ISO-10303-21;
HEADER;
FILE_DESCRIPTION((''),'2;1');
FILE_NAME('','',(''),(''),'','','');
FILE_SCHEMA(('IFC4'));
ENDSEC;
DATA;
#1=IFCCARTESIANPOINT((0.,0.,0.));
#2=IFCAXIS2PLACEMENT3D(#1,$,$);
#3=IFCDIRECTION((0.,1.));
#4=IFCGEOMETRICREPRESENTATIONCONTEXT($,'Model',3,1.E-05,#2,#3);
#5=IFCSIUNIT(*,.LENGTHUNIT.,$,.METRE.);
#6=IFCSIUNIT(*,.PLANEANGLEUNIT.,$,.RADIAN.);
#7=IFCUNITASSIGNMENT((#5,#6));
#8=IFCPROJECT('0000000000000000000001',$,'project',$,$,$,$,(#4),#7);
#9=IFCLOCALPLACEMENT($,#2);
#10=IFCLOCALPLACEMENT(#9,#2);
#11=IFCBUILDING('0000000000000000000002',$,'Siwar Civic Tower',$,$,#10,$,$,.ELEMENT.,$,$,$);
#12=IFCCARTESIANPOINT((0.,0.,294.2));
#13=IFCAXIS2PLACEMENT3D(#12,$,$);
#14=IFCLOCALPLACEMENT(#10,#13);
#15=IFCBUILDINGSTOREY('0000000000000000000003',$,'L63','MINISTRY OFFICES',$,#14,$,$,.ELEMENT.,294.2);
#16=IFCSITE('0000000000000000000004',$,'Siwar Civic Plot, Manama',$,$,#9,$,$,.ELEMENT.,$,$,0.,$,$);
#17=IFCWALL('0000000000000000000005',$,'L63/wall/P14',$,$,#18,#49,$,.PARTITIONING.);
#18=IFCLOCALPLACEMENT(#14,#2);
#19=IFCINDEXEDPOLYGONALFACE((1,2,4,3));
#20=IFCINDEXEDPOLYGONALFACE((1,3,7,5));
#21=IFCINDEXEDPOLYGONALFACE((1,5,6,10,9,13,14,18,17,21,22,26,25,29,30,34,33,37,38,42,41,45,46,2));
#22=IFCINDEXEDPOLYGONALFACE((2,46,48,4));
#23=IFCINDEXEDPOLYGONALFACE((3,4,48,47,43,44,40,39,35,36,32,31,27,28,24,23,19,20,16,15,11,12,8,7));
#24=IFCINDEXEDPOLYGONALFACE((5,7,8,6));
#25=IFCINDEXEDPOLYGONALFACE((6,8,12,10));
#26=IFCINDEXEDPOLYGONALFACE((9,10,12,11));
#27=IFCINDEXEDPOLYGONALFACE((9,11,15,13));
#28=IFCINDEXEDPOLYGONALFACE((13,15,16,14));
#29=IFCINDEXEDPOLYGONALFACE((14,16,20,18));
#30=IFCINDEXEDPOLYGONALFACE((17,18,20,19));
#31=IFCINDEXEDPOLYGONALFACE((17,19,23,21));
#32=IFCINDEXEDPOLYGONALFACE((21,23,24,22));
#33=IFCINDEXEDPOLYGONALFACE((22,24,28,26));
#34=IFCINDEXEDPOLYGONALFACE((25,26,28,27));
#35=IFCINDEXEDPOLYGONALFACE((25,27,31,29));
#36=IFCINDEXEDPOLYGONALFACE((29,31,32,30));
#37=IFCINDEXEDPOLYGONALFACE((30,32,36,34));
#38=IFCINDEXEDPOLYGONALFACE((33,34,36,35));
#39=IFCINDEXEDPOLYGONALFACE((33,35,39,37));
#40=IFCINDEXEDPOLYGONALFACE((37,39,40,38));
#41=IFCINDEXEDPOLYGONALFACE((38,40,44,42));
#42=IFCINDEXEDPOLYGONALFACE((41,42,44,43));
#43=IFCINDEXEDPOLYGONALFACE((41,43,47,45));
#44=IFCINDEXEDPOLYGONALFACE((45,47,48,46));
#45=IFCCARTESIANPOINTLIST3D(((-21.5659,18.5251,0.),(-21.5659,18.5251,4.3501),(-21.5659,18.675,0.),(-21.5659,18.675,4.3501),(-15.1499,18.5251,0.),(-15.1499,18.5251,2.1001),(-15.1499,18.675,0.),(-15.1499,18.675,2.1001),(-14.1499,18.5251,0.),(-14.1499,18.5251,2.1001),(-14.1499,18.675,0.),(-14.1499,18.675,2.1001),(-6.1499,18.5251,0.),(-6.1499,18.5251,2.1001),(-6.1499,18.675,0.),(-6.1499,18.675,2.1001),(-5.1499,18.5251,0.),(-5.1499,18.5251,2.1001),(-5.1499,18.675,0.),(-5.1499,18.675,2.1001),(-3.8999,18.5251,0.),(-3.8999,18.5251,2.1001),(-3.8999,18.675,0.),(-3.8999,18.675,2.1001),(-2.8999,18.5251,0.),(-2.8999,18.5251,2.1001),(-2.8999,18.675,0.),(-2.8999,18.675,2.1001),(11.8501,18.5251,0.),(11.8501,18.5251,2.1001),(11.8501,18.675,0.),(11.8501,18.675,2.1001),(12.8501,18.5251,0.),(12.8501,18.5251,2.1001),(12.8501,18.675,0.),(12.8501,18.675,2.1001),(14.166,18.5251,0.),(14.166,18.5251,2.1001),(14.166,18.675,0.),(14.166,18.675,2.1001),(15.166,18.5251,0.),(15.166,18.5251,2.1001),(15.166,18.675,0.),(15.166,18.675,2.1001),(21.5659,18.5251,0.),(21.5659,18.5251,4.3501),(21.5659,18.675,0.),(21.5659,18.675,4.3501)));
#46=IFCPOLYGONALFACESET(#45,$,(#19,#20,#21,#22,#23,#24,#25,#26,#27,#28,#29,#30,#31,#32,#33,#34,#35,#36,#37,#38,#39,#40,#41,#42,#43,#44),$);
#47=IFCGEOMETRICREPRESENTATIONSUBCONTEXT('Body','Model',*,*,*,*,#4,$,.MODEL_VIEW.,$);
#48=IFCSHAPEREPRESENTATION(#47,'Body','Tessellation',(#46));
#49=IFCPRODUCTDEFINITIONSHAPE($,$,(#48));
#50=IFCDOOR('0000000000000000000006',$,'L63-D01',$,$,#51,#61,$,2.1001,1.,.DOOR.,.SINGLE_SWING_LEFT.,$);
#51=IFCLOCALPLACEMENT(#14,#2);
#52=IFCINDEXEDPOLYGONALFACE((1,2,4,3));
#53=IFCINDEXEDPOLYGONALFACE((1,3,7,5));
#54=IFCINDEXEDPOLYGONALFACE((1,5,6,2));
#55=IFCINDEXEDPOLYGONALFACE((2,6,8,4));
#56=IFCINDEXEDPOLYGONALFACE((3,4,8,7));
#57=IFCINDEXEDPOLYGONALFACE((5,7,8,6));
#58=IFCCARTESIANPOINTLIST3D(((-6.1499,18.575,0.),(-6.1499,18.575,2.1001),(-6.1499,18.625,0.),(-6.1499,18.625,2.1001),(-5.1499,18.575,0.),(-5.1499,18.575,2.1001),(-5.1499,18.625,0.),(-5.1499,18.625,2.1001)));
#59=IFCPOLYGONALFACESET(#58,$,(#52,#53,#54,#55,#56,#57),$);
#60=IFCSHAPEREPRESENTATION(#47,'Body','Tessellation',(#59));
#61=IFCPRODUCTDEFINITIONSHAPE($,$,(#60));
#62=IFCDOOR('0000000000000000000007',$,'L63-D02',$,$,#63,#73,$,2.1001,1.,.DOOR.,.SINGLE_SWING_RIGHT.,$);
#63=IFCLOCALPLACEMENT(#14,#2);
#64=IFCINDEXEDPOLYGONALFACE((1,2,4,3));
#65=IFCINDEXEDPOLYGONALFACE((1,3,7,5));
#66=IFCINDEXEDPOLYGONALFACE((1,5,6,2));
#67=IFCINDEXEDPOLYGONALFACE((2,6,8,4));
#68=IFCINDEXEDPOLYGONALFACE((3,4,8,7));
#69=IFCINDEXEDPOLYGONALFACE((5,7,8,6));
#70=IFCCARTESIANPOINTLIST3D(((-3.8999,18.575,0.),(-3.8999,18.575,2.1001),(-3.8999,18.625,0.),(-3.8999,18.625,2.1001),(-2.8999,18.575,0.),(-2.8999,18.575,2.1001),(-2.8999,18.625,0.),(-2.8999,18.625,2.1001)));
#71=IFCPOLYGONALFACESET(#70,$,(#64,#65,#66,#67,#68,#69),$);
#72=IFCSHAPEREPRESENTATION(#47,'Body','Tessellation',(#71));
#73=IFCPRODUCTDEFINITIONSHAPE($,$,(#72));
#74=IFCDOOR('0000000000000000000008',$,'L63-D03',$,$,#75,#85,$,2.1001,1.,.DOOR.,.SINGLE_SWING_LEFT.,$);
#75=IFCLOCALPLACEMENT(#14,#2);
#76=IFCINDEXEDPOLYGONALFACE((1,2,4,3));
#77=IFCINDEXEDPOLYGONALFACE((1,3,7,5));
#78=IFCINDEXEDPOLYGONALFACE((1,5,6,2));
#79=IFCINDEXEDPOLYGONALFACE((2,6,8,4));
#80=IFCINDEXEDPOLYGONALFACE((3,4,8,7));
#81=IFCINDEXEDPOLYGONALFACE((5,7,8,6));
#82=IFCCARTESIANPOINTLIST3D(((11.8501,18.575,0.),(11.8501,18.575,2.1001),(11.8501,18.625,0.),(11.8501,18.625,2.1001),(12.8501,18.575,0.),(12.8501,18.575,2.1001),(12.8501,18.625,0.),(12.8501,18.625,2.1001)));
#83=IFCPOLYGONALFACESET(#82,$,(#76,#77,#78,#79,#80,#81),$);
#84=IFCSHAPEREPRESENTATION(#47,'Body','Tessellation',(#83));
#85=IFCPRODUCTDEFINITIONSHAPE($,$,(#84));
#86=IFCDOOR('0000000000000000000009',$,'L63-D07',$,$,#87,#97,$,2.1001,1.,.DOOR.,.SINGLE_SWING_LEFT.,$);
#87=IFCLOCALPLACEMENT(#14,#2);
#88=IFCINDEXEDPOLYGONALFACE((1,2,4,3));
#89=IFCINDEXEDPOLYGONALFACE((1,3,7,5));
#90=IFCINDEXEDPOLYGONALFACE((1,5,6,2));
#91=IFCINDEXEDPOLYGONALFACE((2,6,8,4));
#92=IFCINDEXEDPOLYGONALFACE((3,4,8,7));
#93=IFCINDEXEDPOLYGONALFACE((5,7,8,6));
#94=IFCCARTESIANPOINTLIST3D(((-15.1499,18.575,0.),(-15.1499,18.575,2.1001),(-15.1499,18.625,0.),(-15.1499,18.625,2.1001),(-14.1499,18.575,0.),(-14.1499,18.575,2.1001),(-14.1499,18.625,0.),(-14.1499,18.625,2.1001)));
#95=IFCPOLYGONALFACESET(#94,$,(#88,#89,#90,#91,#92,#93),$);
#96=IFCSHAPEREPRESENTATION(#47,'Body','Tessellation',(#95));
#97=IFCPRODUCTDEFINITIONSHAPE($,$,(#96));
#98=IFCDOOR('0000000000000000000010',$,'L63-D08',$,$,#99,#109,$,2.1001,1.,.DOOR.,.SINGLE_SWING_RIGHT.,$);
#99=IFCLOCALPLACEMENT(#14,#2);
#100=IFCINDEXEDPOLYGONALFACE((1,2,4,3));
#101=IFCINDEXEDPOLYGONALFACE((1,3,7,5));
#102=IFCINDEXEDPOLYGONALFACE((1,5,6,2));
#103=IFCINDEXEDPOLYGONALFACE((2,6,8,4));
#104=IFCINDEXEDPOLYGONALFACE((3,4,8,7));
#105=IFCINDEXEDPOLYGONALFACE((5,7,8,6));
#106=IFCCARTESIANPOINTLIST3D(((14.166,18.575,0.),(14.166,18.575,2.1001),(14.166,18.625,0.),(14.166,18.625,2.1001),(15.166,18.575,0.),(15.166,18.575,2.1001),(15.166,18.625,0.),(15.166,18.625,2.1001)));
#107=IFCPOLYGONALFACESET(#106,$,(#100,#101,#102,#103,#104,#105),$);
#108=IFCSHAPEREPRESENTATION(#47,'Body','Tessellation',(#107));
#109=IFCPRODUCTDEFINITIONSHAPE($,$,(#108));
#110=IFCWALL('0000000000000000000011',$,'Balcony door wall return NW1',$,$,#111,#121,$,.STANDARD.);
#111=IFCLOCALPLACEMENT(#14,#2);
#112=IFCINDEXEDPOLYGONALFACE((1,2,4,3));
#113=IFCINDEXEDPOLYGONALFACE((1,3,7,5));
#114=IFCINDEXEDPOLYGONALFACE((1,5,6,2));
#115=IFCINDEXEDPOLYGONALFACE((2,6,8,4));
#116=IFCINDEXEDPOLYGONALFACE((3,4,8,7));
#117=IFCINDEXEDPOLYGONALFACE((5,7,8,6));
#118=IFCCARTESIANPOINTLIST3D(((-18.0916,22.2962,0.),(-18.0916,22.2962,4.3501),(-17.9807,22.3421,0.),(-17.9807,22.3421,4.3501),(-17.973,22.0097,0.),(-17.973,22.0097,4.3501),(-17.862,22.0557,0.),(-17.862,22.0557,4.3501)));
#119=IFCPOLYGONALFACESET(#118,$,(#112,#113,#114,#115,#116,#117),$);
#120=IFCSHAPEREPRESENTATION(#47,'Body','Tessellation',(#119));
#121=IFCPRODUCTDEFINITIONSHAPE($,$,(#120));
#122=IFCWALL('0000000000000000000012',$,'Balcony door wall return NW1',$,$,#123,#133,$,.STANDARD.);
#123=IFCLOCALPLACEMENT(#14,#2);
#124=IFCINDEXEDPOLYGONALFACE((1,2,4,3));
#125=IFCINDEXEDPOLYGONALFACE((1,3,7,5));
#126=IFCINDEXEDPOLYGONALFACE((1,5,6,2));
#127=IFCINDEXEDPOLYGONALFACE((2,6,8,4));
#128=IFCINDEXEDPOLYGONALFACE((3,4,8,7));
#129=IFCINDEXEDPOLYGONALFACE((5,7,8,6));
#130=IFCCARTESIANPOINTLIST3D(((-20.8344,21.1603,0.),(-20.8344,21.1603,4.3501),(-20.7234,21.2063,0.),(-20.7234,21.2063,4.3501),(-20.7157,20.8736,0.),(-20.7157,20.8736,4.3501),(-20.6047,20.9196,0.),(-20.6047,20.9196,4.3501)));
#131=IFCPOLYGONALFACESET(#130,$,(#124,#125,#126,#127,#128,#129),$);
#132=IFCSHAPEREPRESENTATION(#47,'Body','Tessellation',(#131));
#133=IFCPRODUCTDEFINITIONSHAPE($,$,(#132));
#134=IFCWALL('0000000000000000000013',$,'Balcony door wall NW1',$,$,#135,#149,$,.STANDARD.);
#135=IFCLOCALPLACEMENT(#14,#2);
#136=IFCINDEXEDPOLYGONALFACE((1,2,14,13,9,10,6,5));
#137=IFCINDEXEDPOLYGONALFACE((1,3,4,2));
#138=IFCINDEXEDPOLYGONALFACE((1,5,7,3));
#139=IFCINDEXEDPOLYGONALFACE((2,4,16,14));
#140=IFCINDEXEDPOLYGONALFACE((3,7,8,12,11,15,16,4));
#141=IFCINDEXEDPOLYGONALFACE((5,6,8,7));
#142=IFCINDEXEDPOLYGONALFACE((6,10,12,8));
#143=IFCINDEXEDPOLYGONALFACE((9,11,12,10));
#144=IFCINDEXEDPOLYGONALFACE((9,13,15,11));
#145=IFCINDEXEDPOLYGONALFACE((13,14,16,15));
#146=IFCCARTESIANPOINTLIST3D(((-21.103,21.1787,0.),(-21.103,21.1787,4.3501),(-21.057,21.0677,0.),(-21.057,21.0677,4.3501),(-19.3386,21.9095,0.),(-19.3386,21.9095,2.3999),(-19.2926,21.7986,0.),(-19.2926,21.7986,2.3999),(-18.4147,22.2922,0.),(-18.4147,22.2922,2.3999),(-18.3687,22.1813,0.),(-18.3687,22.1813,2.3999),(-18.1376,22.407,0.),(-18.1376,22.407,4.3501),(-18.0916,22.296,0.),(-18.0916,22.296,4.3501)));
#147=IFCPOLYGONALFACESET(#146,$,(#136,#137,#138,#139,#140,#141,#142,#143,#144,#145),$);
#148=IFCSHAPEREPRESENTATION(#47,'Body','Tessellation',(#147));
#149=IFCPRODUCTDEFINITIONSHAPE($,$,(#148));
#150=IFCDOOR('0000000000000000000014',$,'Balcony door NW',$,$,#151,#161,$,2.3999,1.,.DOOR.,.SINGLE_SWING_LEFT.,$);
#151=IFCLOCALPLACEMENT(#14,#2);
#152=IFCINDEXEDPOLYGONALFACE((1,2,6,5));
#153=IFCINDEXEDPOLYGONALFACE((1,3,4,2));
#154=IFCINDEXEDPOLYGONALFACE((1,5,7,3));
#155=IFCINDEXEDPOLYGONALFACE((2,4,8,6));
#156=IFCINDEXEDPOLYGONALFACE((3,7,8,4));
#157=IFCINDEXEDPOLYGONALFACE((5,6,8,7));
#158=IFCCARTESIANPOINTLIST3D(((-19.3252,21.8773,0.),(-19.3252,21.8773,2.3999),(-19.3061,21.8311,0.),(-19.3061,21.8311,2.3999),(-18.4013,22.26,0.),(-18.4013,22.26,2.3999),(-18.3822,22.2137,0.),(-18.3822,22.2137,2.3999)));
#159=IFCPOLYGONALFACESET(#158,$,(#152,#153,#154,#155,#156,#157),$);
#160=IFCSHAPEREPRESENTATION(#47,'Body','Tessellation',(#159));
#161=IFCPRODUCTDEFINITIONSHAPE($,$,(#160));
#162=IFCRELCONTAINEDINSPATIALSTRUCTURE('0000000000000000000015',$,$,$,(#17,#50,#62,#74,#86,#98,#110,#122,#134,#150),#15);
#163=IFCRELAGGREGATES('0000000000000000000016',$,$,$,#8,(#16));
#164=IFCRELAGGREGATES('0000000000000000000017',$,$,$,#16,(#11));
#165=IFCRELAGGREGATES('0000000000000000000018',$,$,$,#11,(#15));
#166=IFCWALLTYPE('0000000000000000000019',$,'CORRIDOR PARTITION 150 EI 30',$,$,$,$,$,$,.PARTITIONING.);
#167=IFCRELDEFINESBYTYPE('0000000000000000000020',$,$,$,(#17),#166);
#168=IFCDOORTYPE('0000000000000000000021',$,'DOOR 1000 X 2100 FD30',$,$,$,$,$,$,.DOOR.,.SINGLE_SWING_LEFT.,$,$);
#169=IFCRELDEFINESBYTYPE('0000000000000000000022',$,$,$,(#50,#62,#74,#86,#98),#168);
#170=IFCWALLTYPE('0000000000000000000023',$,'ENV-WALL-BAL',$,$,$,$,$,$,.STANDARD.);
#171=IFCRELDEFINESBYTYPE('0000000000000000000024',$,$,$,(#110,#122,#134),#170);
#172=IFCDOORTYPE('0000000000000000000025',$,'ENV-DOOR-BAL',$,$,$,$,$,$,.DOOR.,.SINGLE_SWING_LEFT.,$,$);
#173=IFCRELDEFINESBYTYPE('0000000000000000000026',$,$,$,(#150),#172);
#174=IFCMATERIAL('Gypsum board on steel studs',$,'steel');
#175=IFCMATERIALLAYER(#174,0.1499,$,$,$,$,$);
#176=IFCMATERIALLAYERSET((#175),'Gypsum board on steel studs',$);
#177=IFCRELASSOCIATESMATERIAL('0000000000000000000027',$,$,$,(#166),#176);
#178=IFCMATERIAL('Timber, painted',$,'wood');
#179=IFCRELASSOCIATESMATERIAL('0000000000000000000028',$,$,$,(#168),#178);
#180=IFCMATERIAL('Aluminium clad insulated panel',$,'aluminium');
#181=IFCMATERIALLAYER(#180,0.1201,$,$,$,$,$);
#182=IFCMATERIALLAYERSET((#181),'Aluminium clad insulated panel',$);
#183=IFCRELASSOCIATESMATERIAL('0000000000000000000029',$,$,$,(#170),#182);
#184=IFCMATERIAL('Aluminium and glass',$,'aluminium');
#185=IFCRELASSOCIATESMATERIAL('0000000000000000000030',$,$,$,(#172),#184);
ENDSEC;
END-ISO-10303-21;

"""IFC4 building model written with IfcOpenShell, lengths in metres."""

from ifc_helpers import new_model, si_unit, direction, frame, frame_2d, origin, place, context, subcontext, project, spatial, rectangle, extrude, material, layer, layer_set, type_object, element, fill, save


model = new_model("IFC4")

# Units and contexts
model_context = context("Model", 3, precision=1e-05, world=origin(), true_north=direction((0.0, 1.0)))
body_context = subcontext(model_context, "Body", "Model", "MODEL_VIEW")
ifc_project = project(units=[si_unit("LENGTHUNIT", "METRE"), si_unit("PLANEANGLEUNIT", "RADIAN")], contexts=[model_context])

# Site, building, storey
site_placement = place(None, origin())
site = spatial("IfcSite", under=ifc_project, at=site_placement, Name="Siwar Civic Plot, Manama", CompositionType="ELEMENT", RefElevation=0.0)
building_placement = place(site_placement, origin())
building = spatial("IfcBuilding", under=site, at=building_placement, Name="Siwar Civic Tower", CompositionType="ELEMENT")
storey_placement = place(building_placement, frame((0.0, 0.0, 294.2)))
storey = spatial("IfcBuildingStorey", under=building, at=storey_placement, Name="L63", Description="MINISTRY OFFICES", CompositionType="ELEMENT", Elevation=294.2)

# Wall, openings, doors
ifc_material_1 = material(Name="Gypsum board on steel studs", Category="steel")
ifc_layer_1 = layer(ifc_material_1, 0.1499)
ifc_layer_set_1 = layer_set([ifc_layer_1], Name="Gypsum board on steel studs")
wall_type_1 = type_object("IfcWallType", Name="CORRIDOR PARTITION 150 EI 30", PredefinedType="PARTITIONING", material=ifc_layer_set_1)
wall_1_placement = place(storey_placement, frame((-21.5659, 18.6001, 0.0), z_axis=(0.0, 0.0, 1.0), x_axis=(1.0, 0.0, 0.0)))
wall_1 = element("IfcWall", 1, at=wall_1_placement, inside=storey, type_object=wall_type_1, Name="L63/wall/P14", PredefinedType="PARTITIONING", context=body_context, shape_type="SweptSolid", body=[
    extrude(rectangle(XDim=43.1318, YDim=0.1499, at=frame_2d((21.5659, 0.0))), origin(), (0.0, 0.0, 1.0), 4.3501),
])
opening_1_placement = place(wall_1_placement, frame((15.416, 0.0, 0.0)))
opening_1 = element("IfcOpeningElement", 2, at=opening_1_placement, cuts=wall_1, PredefinedType="OPENING", context=body_context, shape_type="SweptSolid", body=[
    extrude(rectangle(XDim=1.0, YDim=2.1001, at=frame_2d((0.5, 1.05))), frame((0.0, 0.085, 0.0), z_axis=(0.0, -1.0, 0.0), x_axis=(1.0, 0.0, 0.0)), (0.0, 0.0, 1.0), 0.1699),
])
opening_2_placement = place(wall_1_placement, frame((17.666, 0.0, 0.0)))
opening_2 = element("IfcOpeningElement", 3, at=opening_2_placement, cuts=wall_1, PredefinedType="OPENING", context=body_context, shape_type="SweptSolid", body=[
    extrude(rectangle(XDim=1.0, YDim=2.1001, at=frame_2d((0.5, 1.05))), frame((0.0, 0.085, 0.0), z_axis=(0.0, -1.0, 0.0), x_axis=(1.0, 0.0, 0.0)), (0.0, 0.0, 1.0), 0.1699),
])
opening_3_placement = place(wall_1_placement, frame((33.416, 0.0, 0.0)))
opening_3 = element("IfcOpeningElement", 4, at=opening_3_placement, cuts=wall_1, PredefinedType="OPENING", context=body_context, shape_type="SweptSolid", body=[
    extrude(rectangle(XDim=1.0, YDim=2.1001, at=frame_2d((0.5, 1.05))), frame((0.0, 0.085, 0.0), z_axis=(0.0, -1.0, 0.0), x_axis=(1.0, 0.0, 0.0)), (0.0, 0.0, 1.0), 0.1699),
])
opening_4_placement = place(wall_1_placement, frame((6.416, 0.0, 0.0)))
opening_4 = element("IfcOpeningElement", 5, at=opening_4_placement, cuts=wall_1, PredefinedType="OPENING", context=body_context, shape_type="SweptSolid", body=[
    extrude(rectangle(XDim=1.0, YDim=2.1001, at=frame_2d((0.5, 1.05))), frame((0.0, 0.085, 0.0), z_axis=(0.0, -1.0, 0.0), x_axis=(1.0, 0.0, 0.0)), (0.0, 0.0, 1.0), 0.1699),
])
opening_5_placement = place(wall_1_placement, frame((35.7319, 0.0, 0.0)))
opening_5 = element("IfcOpeningElement", 6, at=opening_5_placement, cuts=wall_1, PredefinedType="OPENING", context=body_context, shape_type="SweptSolid", body=[
    extrude(rectangle(XDim=1.0, YDim=2.1001, at=frame_2d((0.5, 1.05))), frame((0.0, 0.085, 0.0), z_axis=(0.0, -1.0, 0.0), x_axis=(1.0, 0.0, 0.0)), (0.0, 0.0, 1.0), 0.1699),
])
ifc_material_2 = material(Name="Timber, painted", Category="wood")
door_type_1 = type_object("IfcDoorType", Name="DOOR 1000 X 2100 FD30", OperationType="SINGLE_SWING_LEFT", PredefinedType="DOOR", material=ifc_material_2)
door_1_placement = place(opening_1_placement, origin())
door_1 = element("IfcDoor", 7, at=door_1_placement, inside=storey, type_object=door_type_1, Name="L63-D01", OperationType="SINGLE_SWING_LEFT", OverallHeight=2.1001, OverallWidth=1.0, PredefinedType="DOOR", context=body_context, shape_type="SweptSolid", body=[
    extrude(rectangle(XDim=1.0, YDim=2.1001, at=frame_2d((0.5, 1.05))), frame((0.0, 0.0249, 0.0), z_axis=(0.0, -1.0, 0.0), x_axis=(1.0, 0.0, 0.0)), (0.0, 0.0, 1.0), 0.05),
])
fill(opening_1, door_1)
door_2_placement = place(opening_2_placement, origin())
door_2 = element("IfcDoor", 8, at=door_2_placement, inside=storey, type_object=door_type_1, Name="L63-D02", OperationType="SINGLE_SWING_RIGHT", OverallHeight=2.1001, OverallWidth=1.0, PredefinedType="DOOR", context=body_context, shape_type="SweptSolid", body=[
    extrude(rectangle(XDim=1.0, YDim=2.1001, at=frame_2d((0.5, 1.05))), frame((0.0, 0.0249, 0.0), z_axis=(0.0, -1.0, 0.0), x_axis=(1.0, 0.0, 0.0)), (0.0, 0.0, 1.0), 0.05),
])
fill(opening_2, door_2)
door_3_placement = place(opening_3_placement, origin())
door_3 = element("IfcDoor", 9, at=door_3_placement, inside=storey, type_object=door_type_1, Name="L63-D03", OperationType="SINGLE_SWING_LEFT", OverallHeight=2.1001, OverallWidth=1.0, PredefinedType="DOOR", context=body_context, shape_type="SweptSolid", body=[
    extrude(rectangle(XDim=1.0, YDim=2.1001, at=frame_2d((0.5, 1.05))), frame((0.0, 0.0249, 0.0), z_axis=(0.0, -1.0, 0.0), x_axis=(1.0, 0.0, 0.0)), (0.0, 0.0, 1.0), 0.05),
])
fill(opening_3, door_3)
door_4_placement = place(opening_4_placement, origin())
door_4 = element("IfcDoor", 10, at=door_4_placement, inside=storey, type_object=door_type_1, Name="L63-D07", OperationType="SINGLE_SWING_LEFT", OverallHeight=2.1001, OverallWidth=1.0, PredefinedType="DOOR", context=body_context, shape_type="SweptSolid", body=[
    extrude(rectangle(XDim=1.0, YDim=2.1001, at=frame_2d((0.5, 1.05))), frame((0.0, 0.0249, 0.0), z_axis=(0.0, -1.0, 0.0), x_axis=(1.0, 0.0, 0.0)), (0.0, 0.0, 1.0), 0.05),
])
fill(opening_4, door_4)
door_5_placement = place(opening_5_placement, origin())
door_5 = element("IfcDoor", 11, at=door_5_placement, inside=storey, type_object=door_type_1, Name="L63-D08", OperationType="SINGLE_SWING_RIGHT", OverallHeight=2.1001, OverallWidth=1.0, PredefinedType="DOOR", context=body_context, shape_type="SweptSolid", body=[
    extrude(rectangle(XDim=1.0, YDim=2.1001, at=frame_2d((0.5, 1.05))), frame((0.0, 0.0249, 0.0), z_axis=(0.0, -1.0, 0.0), x_axis=(1.0, 0.0, 0.0)), (0.0, 0.0, 1.0), 0.05),
])
fill(opening_5, door_5)

# Walls
ifc_material_3 = material(Name="Aluminium clad insulated panel", Category="aluminium")
ifc_layer_2 = layer(ifc_material_3, 0.1201)
ifc_layer_set_2 = layer_set([ifc_layer_2], Name="Aluminium clad insulated panel")
wall_type_2 = type_object("IfcWallType", Name="ENV-WALL-BAL", PredefinedType="STANDARD", material=ifc_layer_set_2)
wall_2_placement = place(storey_placement, frame((-17.9175, 22.0327, 0.0), z_axis=(0.0, 0.0, 1.0), x_axis=(-0.382769, 0.923844, 0.0)))
element("IfcWall", 12, at=wall_2_placement, inside=storey, type_object=wall_type_2, Name="Balcony door wall return NW1", PredefinedType="STANDARD", context=body_context, shape_type="SweptSolid", body=[
    extrude(rectangle(XDim=0.3101, YDim=0.1201, at=frame_2d((0.155, 0.0))), origin(), (0.0, 0.0, 1.0), 4.3501),
])
wall_3_placement = place(storey_placement, frame((-20.6602, 20.8965, 0.0), z_axis=(0.0, 0.0, 1.0), x_axis=(-0.382491, 0.923959, 0.0)))
element("IfcWall", 13, at=wall_3_placement, inside=storey, type_object=wall_type_2, Name="Balcony door wall return NW1", PredefinedType="STANDARD", context=body_context, shape_type="SweptSolid", body=[
    extrude(rectangle(XDim=0.3103, YDim=0.1201, at=frame_2d((0.1553, 0.0))), origin(), (0.0, 0.0, 1.0), 4.3501),
])

# Wall, opening, door
wall_4_placement = place(storey_placement, frame((-18.1145, 22.3516, 0.0), z_axis=(0.0, 0.0, 1.0), x_axis=(-0.923881, -0.382681, 0.0)))
wall_4 = element("IfcWall", 14, at=wall_4_placement, inside=storey, type_object=wall_type_2, Name="Balcony door wall NW1", PredefinedType="STANDARD", context=body_context, shape_type="SweptSolid", body=[
    extrude(rectangle(XDim=3.2097, YDim=0.1201, at=frame_2d((1.605, 0.0))), origin(), (0.0, 0.0, 1.0), 4.3501),
])
opening_6_placement = place(wall_4_placement, frame((0.3, 0.0, 0.0)))
opening_6 = element("IfcOpeningElement", 15, at=opening_6_placement, cuts=wall_4, PredefinedType="OPENING", context=body_context, shape_type="SweptSolid", body=[
    extrude(rectangle(XDim=1.0, YDim=2.3999, at=frame_2d((0.5, 1.2))), frame((0.0, 0.0701, 0.0), z_axis=(0.0, -1.0, 0.0), x_axis=(1.0, 0.0, 0.0)), (0.0, 0.0, 1.0), 0.1401),
])
ifc_material_4 = material(Name="Aluminium and glass", Category="aluminium")
door_type_2 = type_object("IfcDoorType", Name="ENV-DOOR-BAL", OperationType="SINGLE_SWING_LEFT", PredefinedType="DOOR", material=ifc_material_4)
door_6_placement = place(opening_6_placement, origin())
door_6 = element("IfcDoor", 16, at=door_6_placement, inside=storey, type_object=door_type_2, Name="Balcony door NW", OperationType="SINGLE_SWING_LEFT", OverallHeight=2.3999, OverallWidth=1.0, PredefinedType="DOOR", context=body_context, shape_type="SweptSolid", body=[
    extrude(rectangle(XDim=1.0, YDim=2.3999, at=frame_2d((0.5, 1.2))), frame((0.0, 0.0249, 0.0), z_axis=(0.0, -1.0, 0.0), x_axis=(1.0, 0.0, 0.0)), (0.0, 0.0, 1.0), 0.05),
])
fill(opening_6, door_6)

save(model, "model.ifc")
